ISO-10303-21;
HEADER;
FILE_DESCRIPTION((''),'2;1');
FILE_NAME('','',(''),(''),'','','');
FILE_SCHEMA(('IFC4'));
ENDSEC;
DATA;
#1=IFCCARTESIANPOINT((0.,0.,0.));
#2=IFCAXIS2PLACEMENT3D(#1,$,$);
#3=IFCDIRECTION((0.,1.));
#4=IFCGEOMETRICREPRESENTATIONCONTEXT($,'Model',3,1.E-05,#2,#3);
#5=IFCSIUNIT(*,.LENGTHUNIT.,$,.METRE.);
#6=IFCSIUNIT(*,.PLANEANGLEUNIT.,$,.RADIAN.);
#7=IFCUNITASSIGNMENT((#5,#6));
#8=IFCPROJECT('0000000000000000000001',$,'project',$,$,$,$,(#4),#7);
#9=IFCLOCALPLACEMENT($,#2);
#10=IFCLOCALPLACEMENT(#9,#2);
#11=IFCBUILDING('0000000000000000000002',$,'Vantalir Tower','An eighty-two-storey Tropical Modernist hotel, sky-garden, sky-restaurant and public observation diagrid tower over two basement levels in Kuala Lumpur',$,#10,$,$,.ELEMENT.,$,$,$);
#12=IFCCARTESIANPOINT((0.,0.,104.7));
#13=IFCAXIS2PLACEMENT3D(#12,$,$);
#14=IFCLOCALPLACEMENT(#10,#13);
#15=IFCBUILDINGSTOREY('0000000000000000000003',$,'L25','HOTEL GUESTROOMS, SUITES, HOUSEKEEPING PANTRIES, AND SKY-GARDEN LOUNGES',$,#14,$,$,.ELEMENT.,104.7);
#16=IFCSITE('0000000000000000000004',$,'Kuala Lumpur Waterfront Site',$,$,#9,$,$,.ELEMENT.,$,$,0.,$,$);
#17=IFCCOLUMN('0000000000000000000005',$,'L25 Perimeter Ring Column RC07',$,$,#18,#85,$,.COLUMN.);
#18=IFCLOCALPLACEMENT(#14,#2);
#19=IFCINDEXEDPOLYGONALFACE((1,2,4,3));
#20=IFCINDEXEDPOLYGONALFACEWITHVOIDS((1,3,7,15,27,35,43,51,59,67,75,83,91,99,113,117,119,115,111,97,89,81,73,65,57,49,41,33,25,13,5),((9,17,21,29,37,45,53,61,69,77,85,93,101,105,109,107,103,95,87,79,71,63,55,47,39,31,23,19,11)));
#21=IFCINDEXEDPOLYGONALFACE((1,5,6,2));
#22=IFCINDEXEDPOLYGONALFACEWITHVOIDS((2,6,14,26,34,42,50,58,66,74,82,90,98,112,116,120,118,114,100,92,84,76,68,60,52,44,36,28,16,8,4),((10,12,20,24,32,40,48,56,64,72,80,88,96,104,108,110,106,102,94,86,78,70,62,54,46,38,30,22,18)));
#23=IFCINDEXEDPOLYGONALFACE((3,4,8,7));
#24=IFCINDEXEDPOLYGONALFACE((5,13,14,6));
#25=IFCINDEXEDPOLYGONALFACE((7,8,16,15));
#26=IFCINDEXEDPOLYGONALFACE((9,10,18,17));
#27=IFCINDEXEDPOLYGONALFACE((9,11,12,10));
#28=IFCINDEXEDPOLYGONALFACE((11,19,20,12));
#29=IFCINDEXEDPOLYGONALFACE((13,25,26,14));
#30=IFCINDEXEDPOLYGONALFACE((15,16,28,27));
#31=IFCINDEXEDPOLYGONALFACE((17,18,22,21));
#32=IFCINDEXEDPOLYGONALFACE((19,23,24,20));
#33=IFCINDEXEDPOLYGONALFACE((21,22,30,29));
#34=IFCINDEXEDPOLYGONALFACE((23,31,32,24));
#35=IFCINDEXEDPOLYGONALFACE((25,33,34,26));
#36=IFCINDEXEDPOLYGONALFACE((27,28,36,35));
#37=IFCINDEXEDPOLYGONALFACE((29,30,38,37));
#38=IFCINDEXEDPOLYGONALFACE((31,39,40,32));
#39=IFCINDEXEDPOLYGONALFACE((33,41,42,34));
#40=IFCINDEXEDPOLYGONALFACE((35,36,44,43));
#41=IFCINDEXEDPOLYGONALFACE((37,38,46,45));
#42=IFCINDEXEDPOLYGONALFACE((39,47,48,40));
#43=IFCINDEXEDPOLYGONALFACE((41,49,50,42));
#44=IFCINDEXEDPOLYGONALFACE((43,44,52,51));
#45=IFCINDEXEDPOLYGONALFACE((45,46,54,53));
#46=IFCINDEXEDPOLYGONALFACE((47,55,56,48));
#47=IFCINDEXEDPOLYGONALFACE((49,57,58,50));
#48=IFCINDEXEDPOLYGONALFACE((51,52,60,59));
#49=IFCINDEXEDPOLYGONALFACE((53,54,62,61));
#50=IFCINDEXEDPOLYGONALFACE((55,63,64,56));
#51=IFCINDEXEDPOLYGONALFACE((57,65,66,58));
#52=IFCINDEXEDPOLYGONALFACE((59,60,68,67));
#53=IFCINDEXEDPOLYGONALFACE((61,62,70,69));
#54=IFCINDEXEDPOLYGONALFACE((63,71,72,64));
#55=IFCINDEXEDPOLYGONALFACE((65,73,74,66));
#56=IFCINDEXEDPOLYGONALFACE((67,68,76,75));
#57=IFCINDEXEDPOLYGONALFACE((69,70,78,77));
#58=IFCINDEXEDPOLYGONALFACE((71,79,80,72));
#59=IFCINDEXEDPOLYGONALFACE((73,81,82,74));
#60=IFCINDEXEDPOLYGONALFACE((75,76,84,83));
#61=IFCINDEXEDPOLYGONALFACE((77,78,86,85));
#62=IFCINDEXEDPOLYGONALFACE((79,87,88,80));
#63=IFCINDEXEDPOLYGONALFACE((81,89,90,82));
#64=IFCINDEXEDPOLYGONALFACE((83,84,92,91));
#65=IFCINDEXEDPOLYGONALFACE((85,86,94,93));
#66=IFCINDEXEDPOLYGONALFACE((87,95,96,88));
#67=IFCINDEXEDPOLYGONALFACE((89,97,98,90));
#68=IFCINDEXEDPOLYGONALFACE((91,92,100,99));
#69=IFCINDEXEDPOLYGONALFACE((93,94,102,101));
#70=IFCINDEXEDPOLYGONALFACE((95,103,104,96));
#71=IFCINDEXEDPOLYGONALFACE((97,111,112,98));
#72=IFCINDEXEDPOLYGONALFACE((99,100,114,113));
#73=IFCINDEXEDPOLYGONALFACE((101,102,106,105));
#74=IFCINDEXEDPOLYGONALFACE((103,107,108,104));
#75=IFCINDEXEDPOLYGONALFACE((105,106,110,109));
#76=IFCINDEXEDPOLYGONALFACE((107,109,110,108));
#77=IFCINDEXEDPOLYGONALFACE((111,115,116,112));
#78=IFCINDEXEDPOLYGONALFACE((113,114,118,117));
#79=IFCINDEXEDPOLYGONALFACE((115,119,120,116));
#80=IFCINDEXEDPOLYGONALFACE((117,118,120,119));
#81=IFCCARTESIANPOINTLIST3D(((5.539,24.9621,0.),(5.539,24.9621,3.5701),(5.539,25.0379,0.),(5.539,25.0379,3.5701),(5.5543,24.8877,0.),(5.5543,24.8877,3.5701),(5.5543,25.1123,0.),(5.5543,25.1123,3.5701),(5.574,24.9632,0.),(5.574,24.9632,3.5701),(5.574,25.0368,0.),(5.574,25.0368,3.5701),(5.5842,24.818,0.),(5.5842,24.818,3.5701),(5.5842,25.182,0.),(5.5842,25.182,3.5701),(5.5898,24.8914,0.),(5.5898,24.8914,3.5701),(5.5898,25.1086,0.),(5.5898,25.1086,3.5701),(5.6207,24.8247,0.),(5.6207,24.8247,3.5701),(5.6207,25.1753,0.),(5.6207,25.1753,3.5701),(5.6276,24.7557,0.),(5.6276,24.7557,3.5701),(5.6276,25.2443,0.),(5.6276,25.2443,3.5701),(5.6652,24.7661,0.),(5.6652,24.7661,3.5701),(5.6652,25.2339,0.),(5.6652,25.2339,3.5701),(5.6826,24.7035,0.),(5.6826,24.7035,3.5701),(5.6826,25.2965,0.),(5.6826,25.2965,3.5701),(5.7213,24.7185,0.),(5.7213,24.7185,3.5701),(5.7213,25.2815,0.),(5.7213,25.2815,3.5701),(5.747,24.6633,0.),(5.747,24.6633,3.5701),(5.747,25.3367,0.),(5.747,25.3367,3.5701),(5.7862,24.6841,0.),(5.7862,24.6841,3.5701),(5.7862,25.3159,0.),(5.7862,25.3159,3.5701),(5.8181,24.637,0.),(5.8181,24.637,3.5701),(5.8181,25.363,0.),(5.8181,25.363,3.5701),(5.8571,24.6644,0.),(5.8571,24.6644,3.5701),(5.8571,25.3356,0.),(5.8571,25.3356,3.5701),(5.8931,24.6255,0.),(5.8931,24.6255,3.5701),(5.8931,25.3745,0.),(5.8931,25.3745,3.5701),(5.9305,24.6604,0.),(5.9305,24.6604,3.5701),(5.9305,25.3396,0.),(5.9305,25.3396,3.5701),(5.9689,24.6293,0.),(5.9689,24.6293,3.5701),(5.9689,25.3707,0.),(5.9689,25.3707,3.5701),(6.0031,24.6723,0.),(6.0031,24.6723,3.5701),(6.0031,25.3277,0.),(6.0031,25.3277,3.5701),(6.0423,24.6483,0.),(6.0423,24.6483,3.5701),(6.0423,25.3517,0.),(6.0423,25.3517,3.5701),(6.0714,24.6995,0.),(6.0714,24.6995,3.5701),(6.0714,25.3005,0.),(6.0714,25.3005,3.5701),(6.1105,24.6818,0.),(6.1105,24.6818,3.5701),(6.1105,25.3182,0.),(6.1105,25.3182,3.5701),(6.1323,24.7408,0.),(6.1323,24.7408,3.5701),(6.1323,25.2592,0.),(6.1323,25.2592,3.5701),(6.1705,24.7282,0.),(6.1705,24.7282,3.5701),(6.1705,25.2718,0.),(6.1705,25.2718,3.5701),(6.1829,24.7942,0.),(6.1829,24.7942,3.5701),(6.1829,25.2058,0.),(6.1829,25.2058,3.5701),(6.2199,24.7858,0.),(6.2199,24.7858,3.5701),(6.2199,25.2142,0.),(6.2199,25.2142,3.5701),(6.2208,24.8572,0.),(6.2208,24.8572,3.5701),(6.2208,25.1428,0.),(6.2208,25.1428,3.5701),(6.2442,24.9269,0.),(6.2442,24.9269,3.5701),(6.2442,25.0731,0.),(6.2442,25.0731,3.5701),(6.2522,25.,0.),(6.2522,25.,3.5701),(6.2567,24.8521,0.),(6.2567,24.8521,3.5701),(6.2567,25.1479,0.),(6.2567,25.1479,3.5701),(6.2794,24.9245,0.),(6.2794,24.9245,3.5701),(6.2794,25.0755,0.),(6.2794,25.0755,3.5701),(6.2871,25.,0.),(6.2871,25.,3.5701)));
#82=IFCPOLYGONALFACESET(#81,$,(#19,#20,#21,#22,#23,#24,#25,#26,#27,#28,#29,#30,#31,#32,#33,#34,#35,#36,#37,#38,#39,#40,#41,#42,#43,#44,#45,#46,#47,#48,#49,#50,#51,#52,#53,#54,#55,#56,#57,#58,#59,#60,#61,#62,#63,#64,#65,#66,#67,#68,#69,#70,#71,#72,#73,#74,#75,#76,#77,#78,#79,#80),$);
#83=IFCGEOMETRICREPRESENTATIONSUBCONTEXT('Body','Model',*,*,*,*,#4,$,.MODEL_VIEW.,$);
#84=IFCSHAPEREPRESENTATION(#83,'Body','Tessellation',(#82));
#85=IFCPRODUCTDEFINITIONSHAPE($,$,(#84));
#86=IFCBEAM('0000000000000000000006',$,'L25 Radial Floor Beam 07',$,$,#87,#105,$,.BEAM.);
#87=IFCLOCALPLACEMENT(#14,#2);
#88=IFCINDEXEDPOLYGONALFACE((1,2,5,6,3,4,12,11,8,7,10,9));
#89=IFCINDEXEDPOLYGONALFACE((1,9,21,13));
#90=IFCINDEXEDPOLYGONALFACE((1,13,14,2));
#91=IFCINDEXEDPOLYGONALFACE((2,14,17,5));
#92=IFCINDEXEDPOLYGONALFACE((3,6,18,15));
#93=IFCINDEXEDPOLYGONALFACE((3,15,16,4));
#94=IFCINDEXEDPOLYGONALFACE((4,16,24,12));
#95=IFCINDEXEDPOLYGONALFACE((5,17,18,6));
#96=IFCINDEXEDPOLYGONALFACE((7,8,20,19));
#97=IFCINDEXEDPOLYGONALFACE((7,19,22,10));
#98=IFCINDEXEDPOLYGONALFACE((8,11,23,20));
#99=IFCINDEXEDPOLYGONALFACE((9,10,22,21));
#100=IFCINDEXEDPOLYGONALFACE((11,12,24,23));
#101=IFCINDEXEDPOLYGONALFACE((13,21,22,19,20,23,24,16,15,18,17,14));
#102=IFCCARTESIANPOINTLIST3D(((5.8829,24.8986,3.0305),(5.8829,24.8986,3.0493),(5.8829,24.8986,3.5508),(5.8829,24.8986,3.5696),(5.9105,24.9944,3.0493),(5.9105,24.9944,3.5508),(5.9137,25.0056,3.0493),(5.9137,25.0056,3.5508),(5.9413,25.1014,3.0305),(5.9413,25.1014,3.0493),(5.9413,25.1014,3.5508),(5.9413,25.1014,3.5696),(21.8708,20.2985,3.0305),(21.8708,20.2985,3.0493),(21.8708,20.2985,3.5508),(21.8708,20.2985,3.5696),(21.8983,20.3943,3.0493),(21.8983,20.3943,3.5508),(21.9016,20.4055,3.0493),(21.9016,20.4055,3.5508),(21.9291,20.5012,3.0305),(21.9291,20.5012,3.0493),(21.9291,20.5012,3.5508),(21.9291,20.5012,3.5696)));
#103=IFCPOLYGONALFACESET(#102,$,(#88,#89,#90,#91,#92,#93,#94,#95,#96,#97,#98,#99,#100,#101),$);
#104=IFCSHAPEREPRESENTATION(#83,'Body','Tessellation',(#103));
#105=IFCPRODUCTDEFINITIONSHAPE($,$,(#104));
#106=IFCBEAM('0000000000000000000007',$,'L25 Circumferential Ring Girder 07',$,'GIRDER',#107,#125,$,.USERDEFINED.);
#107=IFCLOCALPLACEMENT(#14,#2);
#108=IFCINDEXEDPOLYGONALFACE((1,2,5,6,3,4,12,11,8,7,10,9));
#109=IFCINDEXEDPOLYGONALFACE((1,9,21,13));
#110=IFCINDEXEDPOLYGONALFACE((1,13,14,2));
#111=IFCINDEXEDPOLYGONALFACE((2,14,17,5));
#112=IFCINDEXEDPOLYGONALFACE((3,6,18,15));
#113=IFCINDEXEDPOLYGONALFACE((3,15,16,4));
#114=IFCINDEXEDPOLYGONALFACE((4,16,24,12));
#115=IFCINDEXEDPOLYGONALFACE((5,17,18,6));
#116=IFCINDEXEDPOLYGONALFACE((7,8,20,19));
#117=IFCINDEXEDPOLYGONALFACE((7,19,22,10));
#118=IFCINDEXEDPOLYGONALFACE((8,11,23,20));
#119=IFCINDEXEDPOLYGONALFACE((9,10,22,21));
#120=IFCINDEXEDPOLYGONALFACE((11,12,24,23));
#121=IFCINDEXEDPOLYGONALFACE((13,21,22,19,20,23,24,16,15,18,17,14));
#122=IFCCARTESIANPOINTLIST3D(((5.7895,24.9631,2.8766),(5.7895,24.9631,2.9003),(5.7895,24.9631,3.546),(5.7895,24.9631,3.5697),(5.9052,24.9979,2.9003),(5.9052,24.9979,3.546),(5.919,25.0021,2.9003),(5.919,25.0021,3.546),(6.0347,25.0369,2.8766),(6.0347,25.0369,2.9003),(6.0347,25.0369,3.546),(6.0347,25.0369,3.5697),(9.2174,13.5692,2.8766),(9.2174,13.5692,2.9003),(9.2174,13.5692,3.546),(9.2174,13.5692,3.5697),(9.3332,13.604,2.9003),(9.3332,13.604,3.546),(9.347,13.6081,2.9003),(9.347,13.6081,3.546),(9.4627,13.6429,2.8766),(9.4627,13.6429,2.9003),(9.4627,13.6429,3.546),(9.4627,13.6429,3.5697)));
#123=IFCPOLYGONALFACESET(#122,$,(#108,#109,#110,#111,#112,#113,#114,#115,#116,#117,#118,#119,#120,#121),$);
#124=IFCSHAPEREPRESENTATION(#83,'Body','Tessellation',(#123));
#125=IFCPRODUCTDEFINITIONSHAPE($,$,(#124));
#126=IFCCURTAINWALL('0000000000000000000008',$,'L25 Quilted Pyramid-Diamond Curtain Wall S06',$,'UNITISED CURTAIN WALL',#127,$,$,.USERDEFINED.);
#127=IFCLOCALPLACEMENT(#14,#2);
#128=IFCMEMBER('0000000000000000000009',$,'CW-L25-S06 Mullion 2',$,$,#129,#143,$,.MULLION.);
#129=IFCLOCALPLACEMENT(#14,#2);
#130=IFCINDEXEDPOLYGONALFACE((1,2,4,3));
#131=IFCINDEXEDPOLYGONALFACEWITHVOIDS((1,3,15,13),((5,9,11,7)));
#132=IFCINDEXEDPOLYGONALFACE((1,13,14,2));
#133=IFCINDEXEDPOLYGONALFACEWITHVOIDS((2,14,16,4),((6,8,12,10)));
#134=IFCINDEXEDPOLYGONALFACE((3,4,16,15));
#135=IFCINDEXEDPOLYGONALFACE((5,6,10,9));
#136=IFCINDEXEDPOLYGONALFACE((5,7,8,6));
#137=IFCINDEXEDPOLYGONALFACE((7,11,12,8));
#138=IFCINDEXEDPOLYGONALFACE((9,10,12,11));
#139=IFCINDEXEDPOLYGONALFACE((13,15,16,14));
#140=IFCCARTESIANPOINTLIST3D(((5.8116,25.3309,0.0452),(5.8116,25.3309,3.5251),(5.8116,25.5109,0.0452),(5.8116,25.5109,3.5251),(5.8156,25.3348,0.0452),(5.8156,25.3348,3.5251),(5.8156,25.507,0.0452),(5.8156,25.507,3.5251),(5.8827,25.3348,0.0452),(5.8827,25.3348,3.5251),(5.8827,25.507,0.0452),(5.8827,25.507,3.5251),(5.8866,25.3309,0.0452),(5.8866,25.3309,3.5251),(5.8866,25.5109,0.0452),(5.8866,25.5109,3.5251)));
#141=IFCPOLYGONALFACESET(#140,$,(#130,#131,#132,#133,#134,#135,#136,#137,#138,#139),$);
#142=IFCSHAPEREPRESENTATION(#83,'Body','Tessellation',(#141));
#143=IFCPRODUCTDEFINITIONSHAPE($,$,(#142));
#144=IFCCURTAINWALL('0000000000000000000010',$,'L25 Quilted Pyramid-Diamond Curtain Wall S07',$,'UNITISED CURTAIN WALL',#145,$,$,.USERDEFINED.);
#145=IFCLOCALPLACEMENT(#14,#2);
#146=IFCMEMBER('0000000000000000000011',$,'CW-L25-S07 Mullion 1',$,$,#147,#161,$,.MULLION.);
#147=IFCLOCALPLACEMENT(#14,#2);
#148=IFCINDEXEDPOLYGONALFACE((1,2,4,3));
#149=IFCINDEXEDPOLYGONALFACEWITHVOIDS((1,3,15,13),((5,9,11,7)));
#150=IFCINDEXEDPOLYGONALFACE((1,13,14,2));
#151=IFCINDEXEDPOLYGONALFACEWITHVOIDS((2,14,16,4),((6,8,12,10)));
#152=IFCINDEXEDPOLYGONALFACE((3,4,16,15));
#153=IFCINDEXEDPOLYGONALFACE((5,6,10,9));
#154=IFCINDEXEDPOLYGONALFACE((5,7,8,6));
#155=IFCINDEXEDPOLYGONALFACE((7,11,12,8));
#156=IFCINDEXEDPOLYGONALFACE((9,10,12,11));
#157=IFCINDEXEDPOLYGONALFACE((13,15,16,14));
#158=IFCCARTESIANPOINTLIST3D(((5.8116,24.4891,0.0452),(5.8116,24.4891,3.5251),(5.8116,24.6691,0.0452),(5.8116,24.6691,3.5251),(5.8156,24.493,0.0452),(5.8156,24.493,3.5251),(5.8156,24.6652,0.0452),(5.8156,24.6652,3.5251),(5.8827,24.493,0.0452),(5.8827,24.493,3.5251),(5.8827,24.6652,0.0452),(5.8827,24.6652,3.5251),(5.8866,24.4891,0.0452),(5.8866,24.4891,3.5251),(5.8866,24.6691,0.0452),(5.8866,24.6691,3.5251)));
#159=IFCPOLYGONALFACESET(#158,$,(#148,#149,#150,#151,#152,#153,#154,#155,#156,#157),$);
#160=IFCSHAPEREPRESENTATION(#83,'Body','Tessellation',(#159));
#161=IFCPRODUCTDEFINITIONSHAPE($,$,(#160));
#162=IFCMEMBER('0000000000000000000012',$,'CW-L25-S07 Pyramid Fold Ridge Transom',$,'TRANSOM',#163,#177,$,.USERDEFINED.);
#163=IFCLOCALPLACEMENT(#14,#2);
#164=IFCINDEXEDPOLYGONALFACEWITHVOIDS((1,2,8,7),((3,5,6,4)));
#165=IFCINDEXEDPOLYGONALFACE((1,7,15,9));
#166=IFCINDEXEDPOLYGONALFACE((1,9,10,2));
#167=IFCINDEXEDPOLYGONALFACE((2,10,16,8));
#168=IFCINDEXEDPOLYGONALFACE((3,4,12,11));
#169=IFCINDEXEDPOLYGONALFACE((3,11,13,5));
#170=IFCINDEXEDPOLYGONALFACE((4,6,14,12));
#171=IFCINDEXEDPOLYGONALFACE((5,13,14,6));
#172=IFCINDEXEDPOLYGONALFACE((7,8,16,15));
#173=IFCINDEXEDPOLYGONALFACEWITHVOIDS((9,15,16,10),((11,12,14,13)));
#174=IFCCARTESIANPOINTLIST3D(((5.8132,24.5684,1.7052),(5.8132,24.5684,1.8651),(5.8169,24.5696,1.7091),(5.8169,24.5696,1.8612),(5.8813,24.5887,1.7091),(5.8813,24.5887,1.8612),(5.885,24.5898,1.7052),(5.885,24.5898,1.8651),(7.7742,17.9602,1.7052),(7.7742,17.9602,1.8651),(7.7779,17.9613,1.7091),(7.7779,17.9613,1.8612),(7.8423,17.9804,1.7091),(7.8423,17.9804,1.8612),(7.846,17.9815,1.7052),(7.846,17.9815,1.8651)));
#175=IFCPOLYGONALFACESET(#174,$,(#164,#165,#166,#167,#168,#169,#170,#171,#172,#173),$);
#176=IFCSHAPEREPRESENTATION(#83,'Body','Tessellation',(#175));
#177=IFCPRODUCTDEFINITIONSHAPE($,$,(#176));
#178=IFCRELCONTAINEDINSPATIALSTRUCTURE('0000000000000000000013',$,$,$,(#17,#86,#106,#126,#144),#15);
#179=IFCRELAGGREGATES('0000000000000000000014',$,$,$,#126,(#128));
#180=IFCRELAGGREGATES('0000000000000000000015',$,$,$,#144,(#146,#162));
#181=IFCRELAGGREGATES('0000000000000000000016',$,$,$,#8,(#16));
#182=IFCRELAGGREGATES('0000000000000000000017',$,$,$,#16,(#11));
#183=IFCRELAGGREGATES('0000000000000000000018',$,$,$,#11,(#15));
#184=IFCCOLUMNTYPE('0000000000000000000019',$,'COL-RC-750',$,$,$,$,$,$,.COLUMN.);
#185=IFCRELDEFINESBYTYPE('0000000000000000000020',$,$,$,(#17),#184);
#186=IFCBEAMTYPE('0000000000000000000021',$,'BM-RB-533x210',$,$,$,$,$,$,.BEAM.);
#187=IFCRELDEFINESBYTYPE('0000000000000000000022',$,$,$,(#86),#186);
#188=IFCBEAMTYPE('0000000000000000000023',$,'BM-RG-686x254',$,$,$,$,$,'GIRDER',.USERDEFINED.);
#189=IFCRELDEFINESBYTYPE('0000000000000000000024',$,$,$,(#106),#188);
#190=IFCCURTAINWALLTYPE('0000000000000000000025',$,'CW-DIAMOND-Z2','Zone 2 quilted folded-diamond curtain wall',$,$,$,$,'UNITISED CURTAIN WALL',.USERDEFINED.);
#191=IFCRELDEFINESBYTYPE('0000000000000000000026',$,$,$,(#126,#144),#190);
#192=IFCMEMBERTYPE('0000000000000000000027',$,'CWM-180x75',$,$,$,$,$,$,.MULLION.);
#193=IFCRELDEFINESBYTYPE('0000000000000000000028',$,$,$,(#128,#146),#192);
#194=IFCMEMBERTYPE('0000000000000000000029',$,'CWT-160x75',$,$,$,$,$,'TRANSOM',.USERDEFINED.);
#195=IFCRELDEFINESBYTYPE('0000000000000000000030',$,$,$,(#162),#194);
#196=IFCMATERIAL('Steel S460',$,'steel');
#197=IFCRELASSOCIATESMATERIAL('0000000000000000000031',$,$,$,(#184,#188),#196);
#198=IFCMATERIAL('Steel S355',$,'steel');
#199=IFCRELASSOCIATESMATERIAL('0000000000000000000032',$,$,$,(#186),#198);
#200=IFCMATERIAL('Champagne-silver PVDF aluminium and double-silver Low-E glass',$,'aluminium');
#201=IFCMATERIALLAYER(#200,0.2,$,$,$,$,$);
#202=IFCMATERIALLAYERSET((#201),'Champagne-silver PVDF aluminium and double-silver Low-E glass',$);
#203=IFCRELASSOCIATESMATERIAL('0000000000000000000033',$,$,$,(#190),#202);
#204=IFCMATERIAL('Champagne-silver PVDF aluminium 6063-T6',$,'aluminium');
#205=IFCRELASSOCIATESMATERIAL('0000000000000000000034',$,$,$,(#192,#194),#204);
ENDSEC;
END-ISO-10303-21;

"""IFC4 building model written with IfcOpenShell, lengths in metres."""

from ifc_helpers import new_model, si_unit, direction, frame, origin, origin_2d, place, context, subcontext, project, spatial, hollow_rectangle, hollow_circle, i_section, extrude, material, layer, layer_set, material_profile, profile_set, type_object, element, aggregate, save


model = new_model("IFC4")

# Units and contexts
model_context = context("Model", 3, precision=1e-05, world=origin(), true_north=direction((0.0, 1.0)))
body_context = subcontext(model_context, "Body", "Model", "MODEL_VIEW")
ifc_project = project(units=[si_unit("LENGTHUNIT", "METRE"), si_unit("PLANEANGLEUNIT", "RADIAN")], contexts=[model_context])

# Site, building, storey
site_placement = place(None, origin())
site = spatial("IfcSite", under=ifc_project, at=site_placement, Name="Kuala Lumpur Waterfront Site", CompositionType="ELEMENT", RefElevation=0.0)
building_placement = place(site_placement, origin())
building = spatial("IfcBuilding", under=site, at=building_placement, Name="Vantalir Tower", Description="An eighty-two-storey Tropical Modernist hotel, sky-garden, sky-restaurant and public observation diagrid tower over two basement levels in Kuala Lumpur", CompositionType="ELEMENT")
storey_placement = place(building_placement, frame((0.0, 0.0, 104.7)))
storey = spatial("IfcBuildingStorey", under=building, at=storey_placement, Name="L25", Description="HOTEL GUESTROOMS, SUITES, HOUSEKEEPING PANTRIES, AND SKY-GARDEN LOUNGES", CompositionType="ELEMENT", Elevation=104.7)

# Column
ifc_material_1 = material(Name="Steel S460", Category="steel")
ifc_material_profile_1 = material_profile(ifc_material_1, hollow_circle(Radius=0.375, WallThickness=0.0349, at=origin_2d()), Name="Steel S460")
ifc_profile_set_1 = profile_set([ifc_material_profile_1], Name="Steel S460")
column_type = type_object("IfcColumnType", Name="COL-RC-750", PredefinedType="COLUMN", material=ifc_profile_set_1)
column_placement = place(storey_placement, frame((5.9121, 25.0, 0.0), z_axis=(0.0, 0.0, 1.0), x_axis=(1.0, 0.0, 0.0)))
element("IfcColumn", 1, at=column_placement, inside=storey, type_object=column_type, Name="L25 Perimeter Ring Column RC07", PredefinedType="COLUMN", context=body_context, shape_type="SweptSolid", body=[
    extrude(hollow_circle(Radius=0.375, WallThickness=0.0349, at=origin_2d()), origin(), (0.0, 0.0, 1.0), 3.5701),
])

# Beams
ifc_material_2 = material(Name="Steel S355", Category="steel")
ifc_material_profile_2 = material_profile(ifc_material_2, i_section(OverallWidth=0.2109, OverallDepth=0.5391, WebThickness=0.0117, FlangeThickness=0.0188, at=origin_2d()), Name="Steel S355")
ifc_profile_set_2 = profile_set([ifc_material_profile_2], Name="Steel S355")
beam_type_1 = type_object("IfcBeamType", Name="BM-RB-533x210", PredefinedType="BEAM", material=ifc_profile_set_2)
beam_1_placement = place(storey_placement, frame((5.9121, 25.0, 3.3), z_axis=(0.961012, -0.276508, 0.0), x_axis=(0.276508, 0.961012, 0.0)))
element("IfcBeam", 2, at=beam_1_placement, inside=storey, type_object=beam_type_1, Name="L25 Radial Floor Beam 07", PredefinedType="BEAM", context=body_context, shape_type="SweptSolid", body=[
    extrude(i_section(OverallWidth=0.2109, OverallDepth=0.5391, WebThickness=0.0117, FlangeThickness=0.0188, at=origin_2d()), origin(), (0.0, 0.0, 1.0), 16.6365),
])
ifc_material_profile_3 = material_profile(ifc_material_1, i_section(OverallWidth=0.2561, OverallDepth=0.6931, WebThickness=0.0144, FlangeThickness=0.0237, at=origin_2d()), Name="Steel S460")
ifc_profile_set_3 = profile_set([ifc_material_profile_3], Name="Steel S460")
beam_type_2 = type_object("IfcBeamType", Name="BM-RG-686x254", ElementType="GIRDER", PredefinedType="USERDEFINED", material=ifc_profile_set_3)
beam_2_placement = place(storey_placement, frame((5.9121, 25.0, 3.2231), z_axis=(0.288101, -0.9576, 0.0), x_axis=(0.9576, 0.288101, 0.0)))
element("IfcBeam", 3, at=beam_2_placement, inside=storey, type_object=beam_type_2, Name="L25 Circumferential Ring Girder 07", ObjectType="GIRDER", PredefinedType="USERDEFINED", context=body_context, shape_type="SweptSolid", body=[
    extrude(i_section(OverallWidth=0.2561, OverallDepth=0.6931, WebThickness=0.0144, FlangeThickness=0.0237, at=origin_2d()), origin(), (0.0, 0.0, 1.0), 11.8984),
])

# Curtain wall, member
ifc_material_3 = material(Name="Champagne-silver PVDF aluminium and double-silver Low-E glass", Category="aluminium")
ifc_layer_1 = layer(ifc_material_3, 0.2)
ifc_layer_set_1 = layer_set([ifc_layer_1], Name="Champagne-silver PVDF aluminium and double-silver Low-E glass")
curtain_wall_type = type_object("IfcCurtainWallType", Name="CW-DIAMOND-Z2", Description="Zone 2 quilted folded-diamond curtain wall", ElementType="UNITISED CURTAIN WALL", PredefinedType="USERDEFINED", material=ifc_layer_set_1)
curtain_wall_1_placement = place(storey_placement, origin())
curtain_wall_1 = element("IfcCurtainWall", 4, at=curtain_wall_1_placement, inside=storey, type_object=curtain_wall_type, Name="L25 Quilted Pyramid-Diamond Curtain Wall S06", ObjectType="UNITISED CURTAIN WALL", PredefinedType="USERDEFINED")
ifc_material_4 = material(Name="Champagne-silver PVDF aluminium 6063-T6", Category="aluminium")
ifc_material_profile_4 = material_profile(ifc_material_4, hollow_rectangle(XDim=0.075, YDim=0.1799, WallThickness=0.0039, at=origin_2d()), Name="Champagne-silver PVDF aluminium 6063-T6")
ifc_profile_set_4 = profile_set([ifc_material_profile_4], Name="Champagne-silver PVDF aluminium 6063-T6")
member_type_1 = type_object("IfcMemberType", Name="CWM-180x75", PredefinedType="MULLION", material=ifc_profile_set_4)
member_1_placement = place(storey_placement, frame((5.8491, 25.4209, 0.0452), z_axis=(0.0, 0.0, 1.0), x_axis=(1.0, 0.0, 0.0)))
member_1 = element("IfcMember", 5, at=member_1_placement, type_object=member_type_1, Name="CW-L25-S06 Mullion 2", PredefinedType="MULLION", context=body_context, shape_type="SweptSolid", body=[
    extrude(hollow_rectangle(XDim=0.075, YDim=0.1799, WallThickness=0.0039, at=origin_2d()), origin(), (0.0, 0.0, 1.0), 3.48),
])

# Curtain wall, members
curtain_wall_2_placement = place(storey_placement, origin())
curtain_wall_2 = element("IfcCurtainWall", 6, at=curtain_wall_2_placement, inside=storey, type_object=curtain_wall_type, Name="L25 Quilted Pyramid-Diamond Curtain Wall S07", ObjectType="UNITISED CURTAIN WALL", PredefinedType="USERDEFINED")
member_2_placement = place(storey_placement, frame((5.8491, 24.5791, 0.0452), z_axis=(0.0, 0.0, 1.0), x_axis=(1.0, 0.0, 0.0)))
member_2 = element("IfcMember", 7, at=member_2_placement, type_object=member_type_1, Name="CW-L25-S07 Mullion 1", PredefinedType="MULLION", context=body_context, shape_type="SweptSolid", body=[
    extrude(hollow_rectangle(XDim=0.075, YDim=0.1799, WallThickness=0.0039, at=origin_2d()), origin(), (0.0, 0.0, 1.0), 3.48),
])
ifc_material_profile_5 = material_profile(ifc_material_4, hollow_rectangle(XDim=0.075, YDim=0.1599, WallThickness=0.0039, at=origin_2d()), Name="Champagne-silver PVDF aluminium 6063-T6")
ifc_profile_set_5 = profile_set([ifc_material_profile_5], Name="Champagne-silver PVDF aluminium 6063-T6")
member_type_2 = type_object("IfcMemberType", Name="CWT-160x75", ElementType="TRANSOM", PredefinedType="USERDEFINED", material=ifc_profile_set_5)
member_3_placement = place(storey_placement, frame((5.8491, 24.5791, 1.7852), z_axis=(0.284484, -0.958681, 0.0), x_axis=(0.958681, 0.284484, 0.0)))
member_3 = element("IfcMember", 8, at=member_3_placement, type_object=member_type_2, Name="CW-L25-S07 Pyramid Fold Ridge Transom", ObjectType="TRANSOM", PredefinedType="USERDEFINED", context=body_context, shape_type="SweptSolid", body=[
    extrude(hollow_rectangle(XDim=0.075, YDim=0.1599, WallThickness=0.0039, at=origin_2d()), origin(), (0.0, 0.0, 1.0), 6.8931),
])

aggregate(curtain_wall_1, [member_1])
aggregate(curtain_wall_2, [member_2, member_3])

save(model, "model.ifc")
